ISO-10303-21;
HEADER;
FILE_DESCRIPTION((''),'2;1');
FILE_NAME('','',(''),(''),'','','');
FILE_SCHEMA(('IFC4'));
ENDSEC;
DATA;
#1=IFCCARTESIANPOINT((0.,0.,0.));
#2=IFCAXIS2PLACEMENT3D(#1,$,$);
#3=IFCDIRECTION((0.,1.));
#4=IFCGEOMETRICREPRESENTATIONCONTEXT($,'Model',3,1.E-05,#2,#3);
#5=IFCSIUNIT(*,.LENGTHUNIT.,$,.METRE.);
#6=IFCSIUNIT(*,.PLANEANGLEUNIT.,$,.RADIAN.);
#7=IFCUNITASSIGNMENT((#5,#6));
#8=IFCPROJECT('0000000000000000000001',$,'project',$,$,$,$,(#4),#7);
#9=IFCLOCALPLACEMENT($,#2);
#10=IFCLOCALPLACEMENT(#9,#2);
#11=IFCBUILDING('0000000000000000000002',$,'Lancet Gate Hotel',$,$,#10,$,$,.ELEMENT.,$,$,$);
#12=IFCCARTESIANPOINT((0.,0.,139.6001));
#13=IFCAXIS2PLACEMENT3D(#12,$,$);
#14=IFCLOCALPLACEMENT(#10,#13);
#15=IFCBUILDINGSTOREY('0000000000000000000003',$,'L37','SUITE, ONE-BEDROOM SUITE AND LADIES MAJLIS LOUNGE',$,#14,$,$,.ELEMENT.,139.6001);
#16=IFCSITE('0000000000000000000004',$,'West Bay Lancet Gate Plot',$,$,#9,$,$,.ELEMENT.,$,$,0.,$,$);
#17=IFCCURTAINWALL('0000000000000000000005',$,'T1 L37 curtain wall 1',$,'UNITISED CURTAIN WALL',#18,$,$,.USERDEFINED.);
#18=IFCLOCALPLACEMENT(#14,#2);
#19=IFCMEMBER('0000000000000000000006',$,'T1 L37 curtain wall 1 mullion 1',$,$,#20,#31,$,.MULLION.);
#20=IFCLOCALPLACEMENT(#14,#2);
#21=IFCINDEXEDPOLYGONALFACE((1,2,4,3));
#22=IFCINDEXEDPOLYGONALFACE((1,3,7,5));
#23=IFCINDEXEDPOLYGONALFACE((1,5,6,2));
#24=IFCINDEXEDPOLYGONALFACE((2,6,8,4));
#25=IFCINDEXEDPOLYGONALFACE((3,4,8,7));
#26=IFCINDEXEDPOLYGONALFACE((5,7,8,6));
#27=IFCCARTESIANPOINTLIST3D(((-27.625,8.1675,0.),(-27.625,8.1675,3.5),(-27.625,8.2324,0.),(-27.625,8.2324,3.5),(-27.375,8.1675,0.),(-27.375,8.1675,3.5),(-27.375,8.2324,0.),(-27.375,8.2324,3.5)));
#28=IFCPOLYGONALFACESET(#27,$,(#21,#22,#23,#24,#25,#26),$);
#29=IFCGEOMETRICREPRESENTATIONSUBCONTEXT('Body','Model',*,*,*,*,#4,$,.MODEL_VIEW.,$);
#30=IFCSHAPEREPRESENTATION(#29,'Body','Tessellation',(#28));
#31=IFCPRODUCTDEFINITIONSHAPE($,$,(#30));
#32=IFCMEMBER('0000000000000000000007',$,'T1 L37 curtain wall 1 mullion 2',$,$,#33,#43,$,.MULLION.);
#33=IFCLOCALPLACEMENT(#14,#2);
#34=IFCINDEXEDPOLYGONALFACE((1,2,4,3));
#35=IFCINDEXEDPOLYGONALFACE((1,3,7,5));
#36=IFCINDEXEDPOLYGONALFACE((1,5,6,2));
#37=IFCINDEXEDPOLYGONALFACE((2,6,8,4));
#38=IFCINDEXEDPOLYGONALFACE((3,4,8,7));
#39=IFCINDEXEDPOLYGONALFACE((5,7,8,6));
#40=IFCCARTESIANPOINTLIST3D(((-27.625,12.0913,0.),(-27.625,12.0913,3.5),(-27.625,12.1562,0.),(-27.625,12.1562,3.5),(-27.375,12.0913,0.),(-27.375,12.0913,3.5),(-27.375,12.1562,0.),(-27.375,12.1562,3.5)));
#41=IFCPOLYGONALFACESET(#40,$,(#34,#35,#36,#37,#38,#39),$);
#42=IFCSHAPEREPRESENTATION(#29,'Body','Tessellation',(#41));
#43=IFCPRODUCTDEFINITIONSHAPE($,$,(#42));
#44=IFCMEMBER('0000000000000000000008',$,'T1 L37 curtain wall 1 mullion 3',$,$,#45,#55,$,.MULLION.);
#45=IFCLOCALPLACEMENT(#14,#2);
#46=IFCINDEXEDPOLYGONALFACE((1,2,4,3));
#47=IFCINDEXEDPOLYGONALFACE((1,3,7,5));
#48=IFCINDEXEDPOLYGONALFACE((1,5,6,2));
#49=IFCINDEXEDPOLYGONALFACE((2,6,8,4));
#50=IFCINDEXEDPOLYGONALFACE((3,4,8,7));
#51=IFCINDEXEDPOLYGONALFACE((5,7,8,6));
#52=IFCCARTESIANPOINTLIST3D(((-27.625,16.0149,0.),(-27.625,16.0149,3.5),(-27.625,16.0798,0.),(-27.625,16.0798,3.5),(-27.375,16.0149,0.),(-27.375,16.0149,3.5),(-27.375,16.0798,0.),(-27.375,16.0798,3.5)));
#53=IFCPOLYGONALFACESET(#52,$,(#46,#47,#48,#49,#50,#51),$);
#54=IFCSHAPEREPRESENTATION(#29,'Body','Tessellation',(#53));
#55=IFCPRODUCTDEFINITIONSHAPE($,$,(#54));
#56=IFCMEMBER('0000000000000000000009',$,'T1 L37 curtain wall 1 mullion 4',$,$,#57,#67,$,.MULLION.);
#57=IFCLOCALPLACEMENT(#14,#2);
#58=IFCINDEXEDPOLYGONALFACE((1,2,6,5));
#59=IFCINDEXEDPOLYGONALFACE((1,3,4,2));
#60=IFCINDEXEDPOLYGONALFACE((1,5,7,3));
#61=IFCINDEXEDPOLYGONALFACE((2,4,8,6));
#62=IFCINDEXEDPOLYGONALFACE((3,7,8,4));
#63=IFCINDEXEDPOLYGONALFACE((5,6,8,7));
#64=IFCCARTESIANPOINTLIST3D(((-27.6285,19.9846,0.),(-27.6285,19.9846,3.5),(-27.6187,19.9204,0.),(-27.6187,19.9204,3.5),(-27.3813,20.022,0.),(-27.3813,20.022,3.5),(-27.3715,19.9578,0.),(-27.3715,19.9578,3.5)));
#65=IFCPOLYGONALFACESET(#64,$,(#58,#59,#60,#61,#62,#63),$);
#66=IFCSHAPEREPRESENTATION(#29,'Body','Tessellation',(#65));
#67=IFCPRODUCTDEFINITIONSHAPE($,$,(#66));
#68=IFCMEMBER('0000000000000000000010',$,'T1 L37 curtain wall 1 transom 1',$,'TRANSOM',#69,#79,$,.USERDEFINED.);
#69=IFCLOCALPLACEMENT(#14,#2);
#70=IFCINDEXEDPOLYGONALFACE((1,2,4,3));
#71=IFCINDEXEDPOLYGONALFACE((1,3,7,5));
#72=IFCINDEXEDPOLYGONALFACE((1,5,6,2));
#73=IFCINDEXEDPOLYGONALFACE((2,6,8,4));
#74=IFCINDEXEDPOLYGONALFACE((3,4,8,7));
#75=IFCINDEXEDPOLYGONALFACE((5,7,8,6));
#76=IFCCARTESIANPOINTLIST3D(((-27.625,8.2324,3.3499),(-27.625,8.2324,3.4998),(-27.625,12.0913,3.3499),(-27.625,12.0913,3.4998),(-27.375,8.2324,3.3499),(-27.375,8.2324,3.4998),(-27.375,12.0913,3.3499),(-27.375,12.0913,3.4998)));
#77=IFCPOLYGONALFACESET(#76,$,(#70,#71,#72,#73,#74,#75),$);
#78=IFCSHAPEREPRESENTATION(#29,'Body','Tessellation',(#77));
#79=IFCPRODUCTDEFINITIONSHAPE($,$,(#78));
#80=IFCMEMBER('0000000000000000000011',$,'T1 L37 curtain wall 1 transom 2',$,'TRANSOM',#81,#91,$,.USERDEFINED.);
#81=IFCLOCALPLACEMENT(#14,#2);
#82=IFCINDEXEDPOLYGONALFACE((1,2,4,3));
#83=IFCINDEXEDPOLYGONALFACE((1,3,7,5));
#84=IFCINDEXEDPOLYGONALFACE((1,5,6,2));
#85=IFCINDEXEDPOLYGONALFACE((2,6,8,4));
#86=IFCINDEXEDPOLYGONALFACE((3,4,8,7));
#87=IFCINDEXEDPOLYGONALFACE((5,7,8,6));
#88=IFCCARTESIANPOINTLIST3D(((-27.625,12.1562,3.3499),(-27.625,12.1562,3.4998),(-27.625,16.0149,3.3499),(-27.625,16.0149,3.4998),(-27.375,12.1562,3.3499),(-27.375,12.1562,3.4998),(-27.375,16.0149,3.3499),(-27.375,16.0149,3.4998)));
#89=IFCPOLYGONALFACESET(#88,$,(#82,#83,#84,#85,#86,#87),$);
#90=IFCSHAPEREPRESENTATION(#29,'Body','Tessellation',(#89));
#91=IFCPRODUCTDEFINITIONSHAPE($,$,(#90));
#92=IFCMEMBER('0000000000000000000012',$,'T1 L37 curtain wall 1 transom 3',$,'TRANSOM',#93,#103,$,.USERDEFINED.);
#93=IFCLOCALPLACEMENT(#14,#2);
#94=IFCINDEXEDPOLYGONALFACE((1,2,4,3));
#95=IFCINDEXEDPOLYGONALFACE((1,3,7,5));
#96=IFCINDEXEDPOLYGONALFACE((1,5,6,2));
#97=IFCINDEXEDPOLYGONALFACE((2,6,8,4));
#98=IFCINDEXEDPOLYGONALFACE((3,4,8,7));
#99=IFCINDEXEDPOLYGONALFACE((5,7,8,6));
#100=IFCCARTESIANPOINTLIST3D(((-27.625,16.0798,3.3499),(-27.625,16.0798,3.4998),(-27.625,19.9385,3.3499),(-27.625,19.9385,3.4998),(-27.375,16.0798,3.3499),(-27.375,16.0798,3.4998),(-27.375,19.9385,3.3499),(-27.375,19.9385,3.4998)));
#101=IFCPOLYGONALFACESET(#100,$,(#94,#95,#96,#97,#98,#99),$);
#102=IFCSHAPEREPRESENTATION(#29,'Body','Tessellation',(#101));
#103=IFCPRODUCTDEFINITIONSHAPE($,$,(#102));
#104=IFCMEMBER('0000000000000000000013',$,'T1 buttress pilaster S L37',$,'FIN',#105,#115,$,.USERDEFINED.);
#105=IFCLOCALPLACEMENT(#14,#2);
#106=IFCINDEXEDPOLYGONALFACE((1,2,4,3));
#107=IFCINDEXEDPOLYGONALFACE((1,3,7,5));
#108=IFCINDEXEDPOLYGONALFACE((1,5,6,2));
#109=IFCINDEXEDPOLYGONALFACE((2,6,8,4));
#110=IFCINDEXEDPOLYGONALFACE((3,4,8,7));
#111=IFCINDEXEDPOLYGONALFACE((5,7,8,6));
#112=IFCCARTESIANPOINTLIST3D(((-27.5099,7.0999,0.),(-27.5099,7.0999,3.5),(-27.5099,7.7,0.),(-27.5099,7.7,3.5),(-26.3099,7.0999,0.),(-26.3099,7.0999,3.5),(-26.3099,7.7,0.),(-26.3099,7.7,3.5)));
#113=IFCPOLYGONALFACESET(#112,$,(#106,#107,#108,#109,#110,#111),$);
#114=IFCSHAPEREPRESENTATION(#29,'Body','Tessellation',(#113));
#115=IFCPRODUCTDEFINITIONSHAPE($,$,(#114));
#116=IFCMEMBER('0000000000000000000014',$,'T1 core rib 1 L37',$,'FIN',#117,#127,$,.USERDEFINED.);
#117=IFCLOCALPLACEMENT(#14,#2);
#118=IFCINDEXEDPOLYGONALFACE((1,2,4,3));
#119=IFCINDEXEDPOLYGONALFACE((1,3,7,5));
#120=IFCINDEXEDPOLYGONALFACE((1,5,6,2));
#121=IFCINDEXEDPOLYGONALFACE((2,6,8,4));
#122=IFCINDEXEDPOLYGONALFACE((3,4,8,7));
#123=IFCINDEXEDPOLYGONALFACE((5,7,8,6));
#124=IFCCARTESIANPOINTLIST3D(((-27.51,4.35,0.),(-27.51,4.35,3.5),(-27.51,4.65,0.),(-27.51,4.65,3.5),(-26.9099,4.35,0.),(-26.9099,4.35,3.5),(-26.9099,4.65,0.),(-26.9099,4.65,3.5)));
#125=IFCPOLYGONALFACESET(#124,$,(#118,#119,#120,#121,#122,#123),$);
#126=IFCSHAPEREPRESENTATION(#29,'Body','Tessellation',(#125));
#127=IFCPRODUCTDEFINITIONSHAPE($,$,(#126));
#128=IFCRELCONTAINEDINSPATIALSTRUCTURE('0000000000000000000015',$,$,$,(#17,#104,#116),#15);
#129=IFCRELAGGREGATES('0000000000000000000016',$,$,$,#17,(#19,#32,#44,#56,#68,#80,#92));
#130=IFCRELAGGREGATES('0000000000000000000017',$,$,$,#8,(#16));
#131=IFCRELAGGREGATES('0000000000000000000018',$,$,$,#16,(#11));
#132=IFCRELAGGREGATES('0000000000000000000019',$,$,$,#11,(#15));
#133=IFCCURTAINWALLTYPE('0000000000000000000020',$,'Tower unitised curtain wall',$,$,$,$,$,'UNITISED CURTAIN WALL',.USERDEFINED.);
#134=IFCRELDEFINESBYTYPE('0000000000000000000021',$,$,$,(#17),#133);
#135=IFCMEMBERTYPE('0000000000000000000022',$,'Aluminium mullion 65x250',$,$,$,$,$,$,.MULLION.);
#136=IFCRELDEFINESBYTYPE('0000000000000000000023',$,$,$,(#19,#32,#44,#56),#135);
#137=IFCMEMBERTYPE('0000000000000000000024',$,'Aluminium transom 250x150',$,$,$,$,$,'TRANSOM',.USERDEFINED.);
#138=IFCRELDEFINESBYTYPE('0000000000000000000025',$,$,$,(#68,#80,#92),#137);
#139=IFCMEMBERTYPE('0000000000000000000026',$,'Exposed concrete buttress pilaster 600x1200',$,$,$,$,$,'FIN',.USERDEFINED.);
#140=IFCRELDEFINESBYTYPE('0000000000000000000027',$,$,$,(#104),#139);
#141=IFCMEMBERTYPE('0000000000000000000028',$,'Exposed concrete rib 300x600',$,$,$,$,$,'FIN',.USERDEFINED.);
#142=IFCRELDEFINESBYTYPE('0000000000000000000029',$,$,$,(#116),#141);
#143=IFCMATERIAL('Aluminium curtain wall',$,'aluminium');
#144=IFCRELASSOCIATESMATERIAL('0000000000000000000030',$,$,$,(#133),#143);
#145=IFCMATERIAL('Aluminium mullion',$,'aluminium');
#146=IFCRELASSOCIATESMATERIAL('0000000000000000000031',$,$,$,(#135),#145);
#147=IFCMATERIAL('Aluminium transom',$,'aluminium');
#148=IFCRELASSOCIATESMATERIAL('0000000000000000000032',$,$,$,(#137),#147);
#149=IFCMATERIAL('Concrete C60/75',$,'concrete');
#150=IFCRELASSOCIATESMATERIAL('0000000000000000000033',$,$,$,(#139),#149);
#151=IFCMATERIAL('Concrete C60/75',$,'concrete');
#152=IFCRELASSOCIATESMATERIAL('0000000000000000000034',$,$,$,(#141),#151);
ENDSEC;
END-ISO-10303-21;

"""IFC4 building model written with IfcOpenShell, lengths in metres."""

from ifc_helpers import new_model, si_unit, direction, frame, origin, origin_2d, place, context, subcontext, project, spatial, rectangle, extrude, material, material_profile, profile_set, type_object, element, aggregate, save


model = new_model("IFC4")

# Units and contexts
model_context = context("Model", 3, precision=1e-05, world=origin(), true_north=direction((0.0, 1.0)))
body_context = subcontext(model_context, "Body", "Model", "MODEL_VIEW")
ifc_project = project(units=[si_unit("LENGTHUNIT", "METRE"), si_unit("PLANEANGLEUNIT", "RADIAN")], contexts=[model_context])

# Site, building, storey
site_placement = place(None, origin())
site = spatial("IfcSite", under=ifc_project, at=site_placement, Name="West Bay Lancet Gate Plot", CompositionType="ELEMENT", RefElevation=0.0)
building_placement = place(site_placement, origin())
building = spatial("IfcBuilding", under=site, at=building_placement, Name="Lancet Gate Hotel", CompositionType="ELEMENT")
storey_placement = place(building_placement, frame((0.0, 0.0, 139.6001)))
storey = spatial("IfcBuildingStorey", under=building, at=storey_placement, Name="L37", Description="SUITE, ONE-BEDROOM SUITE AND LADIES MAJLIS LOUNGE", CompositionType="ELEMENT", Elevation=139.6001)

# Curtain wall, members
ifc_material_1 = material(Name="Aluminium curtain wall", Category="aluminium")
curtain_wall_type = type_object("IfcCurtainWallType", Name="Tower unitised curtain wall", ElementType="UNITISED CURTAIN WALL", PredefinedType="USERDEFINED", material=ifc_material_1)
curtain_wall_placement = place(storey_placement, origin())
curtain_wall = element("IfcCurtainWall", 1, at=curtain_wall_placement, inside=storey, type_object=curtain_wall_type, Name="T1 L37 curtain wall 1", ObjectType="UNITISED CURTAIN WALL", PredefinedType="USERDEFINED")
ifc_material_2 = material(Name="Aluminium mullion", Category="aluminium")
ifc_material_profile_1 = material_profile(ifc_material_2, rectangle(XDim=0.0649, YDim=0.25, at=origin_2d()), Name="MULLION 65x250")
ifc_profile_set_1 = profile_set([ifc_material_profile_1], Name="Aluminium mullion")
member_type_1 = type_object("IfcMemberType", Name="Aluminium mullion 65x250", PredefinedType="MULLION", material=ifc_profile_set_1)
member_1_placement = place(storey_placement, frame((-27.5, 8.2, 0.0), z_axis=(0.0, 0.0, 1.0), x_axis=(0.0, 1.0, 0.0)))
member_1 = element("IfcMember", 2, at=member_1_placement, type_object=member_type_1, Name="T1 L37 curtain wall 1 mullion 1", PredefinedType="MULLION", context=body_context, shape_type="SweptSolid", body=[
    extrude(rectangle(XDim=0.0649, YDim=0.25, at=origin_2d()), origin(), (0.0, 0.0, 1.0), 3.5),
])
member_2_placement = place(storey_placement, frame((-27.5, 12.1238, 0.0), z_axis=(0.0, 0.0, 1.0), x_axis=(0.0, 1.0, 0.0)))
member_2 = element("IfcMember", 3, at=member_2_placement, type_object=member_type_1, Name="T1 L37 curtain wall 1 mullion 2", PredefinedType="MULLION", context=body_context, shape_type="SweptSolid", body=[
    extrude(rectangle(XDim=0.0649, YDim=0.25, at=origin_2d()), origin(), (0.0, 0.0, 1.0), 3.5),
])
member_3_placement = place(storey_placement, frame((-27.5, 16.0474, 0.0), z_axis=(0.0, 0.0, 1.0), x_axis=(0.0, 1.0, 0.0)))
member_3 = element("IfcMember", 4, at=member_3_placement, type_object=member_type_1, Name="T1 L37 curtain wall 1 mullion 3", PredefinedType="MULLION", context=body_context, shape_type="SweptSolid", body=[
    extrude(rectangle(XDim=0.0649, YDim=0.25, at=origin_2d()), origin(), (0.0, 0.0, 1.0), 3.5),
])
member_4_placement = place(storey_placement, frame((-27.5, 19.9712, 0.0), z_axis=(0.0, 0.0, 1.0), x_axis=(-0.149634, 0.988741, 0.0)))
member_4 = element("IfcMember", 5, at=member_4_placement, type_object=member_type_1, Name="T1 L37 curtain wall 1 mullion 4", PredefinedType="MULLION", context=body_context, shape_type="SweptSolid", body=[
    extrude(rectangle(XDim=0.0649, YDim=0.25, at=origin_2d()), origin(), (0.0, 0.0, 1.0), 3.5),
])
ifc_material_3 = material(Name="Aluminium transom", Category="aluminium")
ifc_material_profile_2 = material_profile(ifc_material_3, rectangle(XDim=0.25, YDim=0.1499, at=origin_2d()), Name="TRANSOM 250x150")
ifc_profile_set_2 = profile_set([ifc_material_profile_2], Name="Aluminium transom")
member_type_2 = type_object("IfcMemberType", Name="Aluminium transom 250x150", ElementType="TRANSOM", PredefinedType="USERDEFINED", material=ifc_profile_set_2)
member_5_placement = place(storey_placement, frame((-27.5, 8.2324, 3.4248), z_axis=(0.0, 1.0, 0.0), x_axis=(-1.0, 0.0, 0.0)))
member_5 = element("IfcMember", 6, at=member_5_placement, type_object=member_type_2, Name="T1 L37 curtain wall 1 transom 1", ObjectType="TRANSOM", PredefinedType="USERDEFINED", context=body_context, shape_type="SweptSolid", body=[
    extrude(rectangle(XDim=0.25, YDim=0.1499, at=origin_2d()), origin(), (0.0, 0.0, 1.0), 3.8589),
])
member_6_placement = place(storey_placement, frame((-27.5, 12.1562, 3.4248), z_axis=(0.0, 1.0, 0.0), x_axis=(-1.0, 0.0, 0.0)))
member_6 = element("IfcMember", 7, at=member_6_placement, type_object=member_type_2, Name="T1 L37 curtain wall 1 transom 2", ObjectType="TRANSOM", PredefinedType="USERDEFINED", context=body_context, shape_type="SweptSolid", body=[
    extrude(rectangle(XDim=0.25, YDim=0.1499, at=origin_2d()), origin(), (0.0, 0.0, 1.0), 3.8586),
])
member_7_placement = place(storey_placement, frame((-27.5, 16.0798, 3.4248), z_axis=(0.0, 1.0, 0.0), x_axis=(-1.0, 0.0, 0.0)))
member_7 = element("IfcMember", 8, at=member_7_placement, type_object=member_type_2, Name="T1 L37 curtain wall 1 transom 3", ObjectType="TRANSOM", PredefinedType="USERDEFINED", context=body_context, shape_type="SweptSolid", body=[
    extrude(rectangle(XDim=0.25, YDim=0.1499, at=origin_2d()), origin(), (0.0, 0.0, 1.0), 3.8586),
])

# Members
ifc_material_4 = material(Name="Concrete C60/75", Category="concrete")
ifc_material_profile_3 = material_profile(ifc_material_4, rectangle(XDim=0.6001, YDim=1.2, at=origin_2d()), Name="FIN 600x1200")
ifc_profile_set_3 = profile_set([ifc_material_profile_3], Name="Concrete C60/75")
member_type_3 = type_object("IfcMemberType", Name="Exposed concrete buttress pilaster 600x1200", ElementType="FIN", PredefinedType="USERDEFINED", material=ifc_profile_set_3)
member_8_placement = place(storey_placement, frame((-26.9099, 7.3999, 0.0), z_axis=(0.0, 0.0, 1.0), x_axis=(0.0, 1.0, 0.0)))
element("IfcMember", 9, at=member_8_placement, inside=storey, type_object=member_type_3, Name="T1 buttress pilaster S L37", ObjectType="FIN", PredefinedType="USERDEFINED", context=body_context, shape_type="SweptSolid", body=[
    extrude(rectangle(XDim=0.6001, YDim=1.2, at=origin_2d()), origin(), (0.0, 0.0, 1.0), 3.5),
])
ifc_material_5 = material(Name="Concrete C60/75", Category="concrete")
ifc_material_profile_4 = material_profile(ifc_material_5, rectangle(XDim=0.3, YDim=0.6001, at=origin_2d()), Name="FIN 300x600")
ifc_profile_set_4 = profile_set([ifc_material_profile_4], Name="Concrete C60/75")
member_type_4 = type_object("IfcMemberType", Name="Exposed concrete rib 300x600", ElementType="FIN", PredefinedType="USERDEFINED", material=ifc_profile_set_4)
member_9_placement = place(storey_placement, frame((-27.21, 4.5, 0.0), z_axis=(0.0, 0.0, 1.0), x_axis=(0.0, 1.0, 0.0)))
element("IfcMember", 10, at=member_9_placement, inside=storey, type_object=member_type_4, Name="T1 core rib 1 L37", ObjectType="FIN", PredefinedType="USERDEFINED", context=body_context, shape_type="SweptSolid", body=[
    extrude(rectangle(XDim=0.3, YDim=0.6001, at=origin_2d()), origin(), (0.0, 0.0, 1.0), 3.5),
])

aggregate(curtain_wall, [member_1, member_2, member_3, member_4, member_5, member_6, member_7])

save(model, "model.ifc")
